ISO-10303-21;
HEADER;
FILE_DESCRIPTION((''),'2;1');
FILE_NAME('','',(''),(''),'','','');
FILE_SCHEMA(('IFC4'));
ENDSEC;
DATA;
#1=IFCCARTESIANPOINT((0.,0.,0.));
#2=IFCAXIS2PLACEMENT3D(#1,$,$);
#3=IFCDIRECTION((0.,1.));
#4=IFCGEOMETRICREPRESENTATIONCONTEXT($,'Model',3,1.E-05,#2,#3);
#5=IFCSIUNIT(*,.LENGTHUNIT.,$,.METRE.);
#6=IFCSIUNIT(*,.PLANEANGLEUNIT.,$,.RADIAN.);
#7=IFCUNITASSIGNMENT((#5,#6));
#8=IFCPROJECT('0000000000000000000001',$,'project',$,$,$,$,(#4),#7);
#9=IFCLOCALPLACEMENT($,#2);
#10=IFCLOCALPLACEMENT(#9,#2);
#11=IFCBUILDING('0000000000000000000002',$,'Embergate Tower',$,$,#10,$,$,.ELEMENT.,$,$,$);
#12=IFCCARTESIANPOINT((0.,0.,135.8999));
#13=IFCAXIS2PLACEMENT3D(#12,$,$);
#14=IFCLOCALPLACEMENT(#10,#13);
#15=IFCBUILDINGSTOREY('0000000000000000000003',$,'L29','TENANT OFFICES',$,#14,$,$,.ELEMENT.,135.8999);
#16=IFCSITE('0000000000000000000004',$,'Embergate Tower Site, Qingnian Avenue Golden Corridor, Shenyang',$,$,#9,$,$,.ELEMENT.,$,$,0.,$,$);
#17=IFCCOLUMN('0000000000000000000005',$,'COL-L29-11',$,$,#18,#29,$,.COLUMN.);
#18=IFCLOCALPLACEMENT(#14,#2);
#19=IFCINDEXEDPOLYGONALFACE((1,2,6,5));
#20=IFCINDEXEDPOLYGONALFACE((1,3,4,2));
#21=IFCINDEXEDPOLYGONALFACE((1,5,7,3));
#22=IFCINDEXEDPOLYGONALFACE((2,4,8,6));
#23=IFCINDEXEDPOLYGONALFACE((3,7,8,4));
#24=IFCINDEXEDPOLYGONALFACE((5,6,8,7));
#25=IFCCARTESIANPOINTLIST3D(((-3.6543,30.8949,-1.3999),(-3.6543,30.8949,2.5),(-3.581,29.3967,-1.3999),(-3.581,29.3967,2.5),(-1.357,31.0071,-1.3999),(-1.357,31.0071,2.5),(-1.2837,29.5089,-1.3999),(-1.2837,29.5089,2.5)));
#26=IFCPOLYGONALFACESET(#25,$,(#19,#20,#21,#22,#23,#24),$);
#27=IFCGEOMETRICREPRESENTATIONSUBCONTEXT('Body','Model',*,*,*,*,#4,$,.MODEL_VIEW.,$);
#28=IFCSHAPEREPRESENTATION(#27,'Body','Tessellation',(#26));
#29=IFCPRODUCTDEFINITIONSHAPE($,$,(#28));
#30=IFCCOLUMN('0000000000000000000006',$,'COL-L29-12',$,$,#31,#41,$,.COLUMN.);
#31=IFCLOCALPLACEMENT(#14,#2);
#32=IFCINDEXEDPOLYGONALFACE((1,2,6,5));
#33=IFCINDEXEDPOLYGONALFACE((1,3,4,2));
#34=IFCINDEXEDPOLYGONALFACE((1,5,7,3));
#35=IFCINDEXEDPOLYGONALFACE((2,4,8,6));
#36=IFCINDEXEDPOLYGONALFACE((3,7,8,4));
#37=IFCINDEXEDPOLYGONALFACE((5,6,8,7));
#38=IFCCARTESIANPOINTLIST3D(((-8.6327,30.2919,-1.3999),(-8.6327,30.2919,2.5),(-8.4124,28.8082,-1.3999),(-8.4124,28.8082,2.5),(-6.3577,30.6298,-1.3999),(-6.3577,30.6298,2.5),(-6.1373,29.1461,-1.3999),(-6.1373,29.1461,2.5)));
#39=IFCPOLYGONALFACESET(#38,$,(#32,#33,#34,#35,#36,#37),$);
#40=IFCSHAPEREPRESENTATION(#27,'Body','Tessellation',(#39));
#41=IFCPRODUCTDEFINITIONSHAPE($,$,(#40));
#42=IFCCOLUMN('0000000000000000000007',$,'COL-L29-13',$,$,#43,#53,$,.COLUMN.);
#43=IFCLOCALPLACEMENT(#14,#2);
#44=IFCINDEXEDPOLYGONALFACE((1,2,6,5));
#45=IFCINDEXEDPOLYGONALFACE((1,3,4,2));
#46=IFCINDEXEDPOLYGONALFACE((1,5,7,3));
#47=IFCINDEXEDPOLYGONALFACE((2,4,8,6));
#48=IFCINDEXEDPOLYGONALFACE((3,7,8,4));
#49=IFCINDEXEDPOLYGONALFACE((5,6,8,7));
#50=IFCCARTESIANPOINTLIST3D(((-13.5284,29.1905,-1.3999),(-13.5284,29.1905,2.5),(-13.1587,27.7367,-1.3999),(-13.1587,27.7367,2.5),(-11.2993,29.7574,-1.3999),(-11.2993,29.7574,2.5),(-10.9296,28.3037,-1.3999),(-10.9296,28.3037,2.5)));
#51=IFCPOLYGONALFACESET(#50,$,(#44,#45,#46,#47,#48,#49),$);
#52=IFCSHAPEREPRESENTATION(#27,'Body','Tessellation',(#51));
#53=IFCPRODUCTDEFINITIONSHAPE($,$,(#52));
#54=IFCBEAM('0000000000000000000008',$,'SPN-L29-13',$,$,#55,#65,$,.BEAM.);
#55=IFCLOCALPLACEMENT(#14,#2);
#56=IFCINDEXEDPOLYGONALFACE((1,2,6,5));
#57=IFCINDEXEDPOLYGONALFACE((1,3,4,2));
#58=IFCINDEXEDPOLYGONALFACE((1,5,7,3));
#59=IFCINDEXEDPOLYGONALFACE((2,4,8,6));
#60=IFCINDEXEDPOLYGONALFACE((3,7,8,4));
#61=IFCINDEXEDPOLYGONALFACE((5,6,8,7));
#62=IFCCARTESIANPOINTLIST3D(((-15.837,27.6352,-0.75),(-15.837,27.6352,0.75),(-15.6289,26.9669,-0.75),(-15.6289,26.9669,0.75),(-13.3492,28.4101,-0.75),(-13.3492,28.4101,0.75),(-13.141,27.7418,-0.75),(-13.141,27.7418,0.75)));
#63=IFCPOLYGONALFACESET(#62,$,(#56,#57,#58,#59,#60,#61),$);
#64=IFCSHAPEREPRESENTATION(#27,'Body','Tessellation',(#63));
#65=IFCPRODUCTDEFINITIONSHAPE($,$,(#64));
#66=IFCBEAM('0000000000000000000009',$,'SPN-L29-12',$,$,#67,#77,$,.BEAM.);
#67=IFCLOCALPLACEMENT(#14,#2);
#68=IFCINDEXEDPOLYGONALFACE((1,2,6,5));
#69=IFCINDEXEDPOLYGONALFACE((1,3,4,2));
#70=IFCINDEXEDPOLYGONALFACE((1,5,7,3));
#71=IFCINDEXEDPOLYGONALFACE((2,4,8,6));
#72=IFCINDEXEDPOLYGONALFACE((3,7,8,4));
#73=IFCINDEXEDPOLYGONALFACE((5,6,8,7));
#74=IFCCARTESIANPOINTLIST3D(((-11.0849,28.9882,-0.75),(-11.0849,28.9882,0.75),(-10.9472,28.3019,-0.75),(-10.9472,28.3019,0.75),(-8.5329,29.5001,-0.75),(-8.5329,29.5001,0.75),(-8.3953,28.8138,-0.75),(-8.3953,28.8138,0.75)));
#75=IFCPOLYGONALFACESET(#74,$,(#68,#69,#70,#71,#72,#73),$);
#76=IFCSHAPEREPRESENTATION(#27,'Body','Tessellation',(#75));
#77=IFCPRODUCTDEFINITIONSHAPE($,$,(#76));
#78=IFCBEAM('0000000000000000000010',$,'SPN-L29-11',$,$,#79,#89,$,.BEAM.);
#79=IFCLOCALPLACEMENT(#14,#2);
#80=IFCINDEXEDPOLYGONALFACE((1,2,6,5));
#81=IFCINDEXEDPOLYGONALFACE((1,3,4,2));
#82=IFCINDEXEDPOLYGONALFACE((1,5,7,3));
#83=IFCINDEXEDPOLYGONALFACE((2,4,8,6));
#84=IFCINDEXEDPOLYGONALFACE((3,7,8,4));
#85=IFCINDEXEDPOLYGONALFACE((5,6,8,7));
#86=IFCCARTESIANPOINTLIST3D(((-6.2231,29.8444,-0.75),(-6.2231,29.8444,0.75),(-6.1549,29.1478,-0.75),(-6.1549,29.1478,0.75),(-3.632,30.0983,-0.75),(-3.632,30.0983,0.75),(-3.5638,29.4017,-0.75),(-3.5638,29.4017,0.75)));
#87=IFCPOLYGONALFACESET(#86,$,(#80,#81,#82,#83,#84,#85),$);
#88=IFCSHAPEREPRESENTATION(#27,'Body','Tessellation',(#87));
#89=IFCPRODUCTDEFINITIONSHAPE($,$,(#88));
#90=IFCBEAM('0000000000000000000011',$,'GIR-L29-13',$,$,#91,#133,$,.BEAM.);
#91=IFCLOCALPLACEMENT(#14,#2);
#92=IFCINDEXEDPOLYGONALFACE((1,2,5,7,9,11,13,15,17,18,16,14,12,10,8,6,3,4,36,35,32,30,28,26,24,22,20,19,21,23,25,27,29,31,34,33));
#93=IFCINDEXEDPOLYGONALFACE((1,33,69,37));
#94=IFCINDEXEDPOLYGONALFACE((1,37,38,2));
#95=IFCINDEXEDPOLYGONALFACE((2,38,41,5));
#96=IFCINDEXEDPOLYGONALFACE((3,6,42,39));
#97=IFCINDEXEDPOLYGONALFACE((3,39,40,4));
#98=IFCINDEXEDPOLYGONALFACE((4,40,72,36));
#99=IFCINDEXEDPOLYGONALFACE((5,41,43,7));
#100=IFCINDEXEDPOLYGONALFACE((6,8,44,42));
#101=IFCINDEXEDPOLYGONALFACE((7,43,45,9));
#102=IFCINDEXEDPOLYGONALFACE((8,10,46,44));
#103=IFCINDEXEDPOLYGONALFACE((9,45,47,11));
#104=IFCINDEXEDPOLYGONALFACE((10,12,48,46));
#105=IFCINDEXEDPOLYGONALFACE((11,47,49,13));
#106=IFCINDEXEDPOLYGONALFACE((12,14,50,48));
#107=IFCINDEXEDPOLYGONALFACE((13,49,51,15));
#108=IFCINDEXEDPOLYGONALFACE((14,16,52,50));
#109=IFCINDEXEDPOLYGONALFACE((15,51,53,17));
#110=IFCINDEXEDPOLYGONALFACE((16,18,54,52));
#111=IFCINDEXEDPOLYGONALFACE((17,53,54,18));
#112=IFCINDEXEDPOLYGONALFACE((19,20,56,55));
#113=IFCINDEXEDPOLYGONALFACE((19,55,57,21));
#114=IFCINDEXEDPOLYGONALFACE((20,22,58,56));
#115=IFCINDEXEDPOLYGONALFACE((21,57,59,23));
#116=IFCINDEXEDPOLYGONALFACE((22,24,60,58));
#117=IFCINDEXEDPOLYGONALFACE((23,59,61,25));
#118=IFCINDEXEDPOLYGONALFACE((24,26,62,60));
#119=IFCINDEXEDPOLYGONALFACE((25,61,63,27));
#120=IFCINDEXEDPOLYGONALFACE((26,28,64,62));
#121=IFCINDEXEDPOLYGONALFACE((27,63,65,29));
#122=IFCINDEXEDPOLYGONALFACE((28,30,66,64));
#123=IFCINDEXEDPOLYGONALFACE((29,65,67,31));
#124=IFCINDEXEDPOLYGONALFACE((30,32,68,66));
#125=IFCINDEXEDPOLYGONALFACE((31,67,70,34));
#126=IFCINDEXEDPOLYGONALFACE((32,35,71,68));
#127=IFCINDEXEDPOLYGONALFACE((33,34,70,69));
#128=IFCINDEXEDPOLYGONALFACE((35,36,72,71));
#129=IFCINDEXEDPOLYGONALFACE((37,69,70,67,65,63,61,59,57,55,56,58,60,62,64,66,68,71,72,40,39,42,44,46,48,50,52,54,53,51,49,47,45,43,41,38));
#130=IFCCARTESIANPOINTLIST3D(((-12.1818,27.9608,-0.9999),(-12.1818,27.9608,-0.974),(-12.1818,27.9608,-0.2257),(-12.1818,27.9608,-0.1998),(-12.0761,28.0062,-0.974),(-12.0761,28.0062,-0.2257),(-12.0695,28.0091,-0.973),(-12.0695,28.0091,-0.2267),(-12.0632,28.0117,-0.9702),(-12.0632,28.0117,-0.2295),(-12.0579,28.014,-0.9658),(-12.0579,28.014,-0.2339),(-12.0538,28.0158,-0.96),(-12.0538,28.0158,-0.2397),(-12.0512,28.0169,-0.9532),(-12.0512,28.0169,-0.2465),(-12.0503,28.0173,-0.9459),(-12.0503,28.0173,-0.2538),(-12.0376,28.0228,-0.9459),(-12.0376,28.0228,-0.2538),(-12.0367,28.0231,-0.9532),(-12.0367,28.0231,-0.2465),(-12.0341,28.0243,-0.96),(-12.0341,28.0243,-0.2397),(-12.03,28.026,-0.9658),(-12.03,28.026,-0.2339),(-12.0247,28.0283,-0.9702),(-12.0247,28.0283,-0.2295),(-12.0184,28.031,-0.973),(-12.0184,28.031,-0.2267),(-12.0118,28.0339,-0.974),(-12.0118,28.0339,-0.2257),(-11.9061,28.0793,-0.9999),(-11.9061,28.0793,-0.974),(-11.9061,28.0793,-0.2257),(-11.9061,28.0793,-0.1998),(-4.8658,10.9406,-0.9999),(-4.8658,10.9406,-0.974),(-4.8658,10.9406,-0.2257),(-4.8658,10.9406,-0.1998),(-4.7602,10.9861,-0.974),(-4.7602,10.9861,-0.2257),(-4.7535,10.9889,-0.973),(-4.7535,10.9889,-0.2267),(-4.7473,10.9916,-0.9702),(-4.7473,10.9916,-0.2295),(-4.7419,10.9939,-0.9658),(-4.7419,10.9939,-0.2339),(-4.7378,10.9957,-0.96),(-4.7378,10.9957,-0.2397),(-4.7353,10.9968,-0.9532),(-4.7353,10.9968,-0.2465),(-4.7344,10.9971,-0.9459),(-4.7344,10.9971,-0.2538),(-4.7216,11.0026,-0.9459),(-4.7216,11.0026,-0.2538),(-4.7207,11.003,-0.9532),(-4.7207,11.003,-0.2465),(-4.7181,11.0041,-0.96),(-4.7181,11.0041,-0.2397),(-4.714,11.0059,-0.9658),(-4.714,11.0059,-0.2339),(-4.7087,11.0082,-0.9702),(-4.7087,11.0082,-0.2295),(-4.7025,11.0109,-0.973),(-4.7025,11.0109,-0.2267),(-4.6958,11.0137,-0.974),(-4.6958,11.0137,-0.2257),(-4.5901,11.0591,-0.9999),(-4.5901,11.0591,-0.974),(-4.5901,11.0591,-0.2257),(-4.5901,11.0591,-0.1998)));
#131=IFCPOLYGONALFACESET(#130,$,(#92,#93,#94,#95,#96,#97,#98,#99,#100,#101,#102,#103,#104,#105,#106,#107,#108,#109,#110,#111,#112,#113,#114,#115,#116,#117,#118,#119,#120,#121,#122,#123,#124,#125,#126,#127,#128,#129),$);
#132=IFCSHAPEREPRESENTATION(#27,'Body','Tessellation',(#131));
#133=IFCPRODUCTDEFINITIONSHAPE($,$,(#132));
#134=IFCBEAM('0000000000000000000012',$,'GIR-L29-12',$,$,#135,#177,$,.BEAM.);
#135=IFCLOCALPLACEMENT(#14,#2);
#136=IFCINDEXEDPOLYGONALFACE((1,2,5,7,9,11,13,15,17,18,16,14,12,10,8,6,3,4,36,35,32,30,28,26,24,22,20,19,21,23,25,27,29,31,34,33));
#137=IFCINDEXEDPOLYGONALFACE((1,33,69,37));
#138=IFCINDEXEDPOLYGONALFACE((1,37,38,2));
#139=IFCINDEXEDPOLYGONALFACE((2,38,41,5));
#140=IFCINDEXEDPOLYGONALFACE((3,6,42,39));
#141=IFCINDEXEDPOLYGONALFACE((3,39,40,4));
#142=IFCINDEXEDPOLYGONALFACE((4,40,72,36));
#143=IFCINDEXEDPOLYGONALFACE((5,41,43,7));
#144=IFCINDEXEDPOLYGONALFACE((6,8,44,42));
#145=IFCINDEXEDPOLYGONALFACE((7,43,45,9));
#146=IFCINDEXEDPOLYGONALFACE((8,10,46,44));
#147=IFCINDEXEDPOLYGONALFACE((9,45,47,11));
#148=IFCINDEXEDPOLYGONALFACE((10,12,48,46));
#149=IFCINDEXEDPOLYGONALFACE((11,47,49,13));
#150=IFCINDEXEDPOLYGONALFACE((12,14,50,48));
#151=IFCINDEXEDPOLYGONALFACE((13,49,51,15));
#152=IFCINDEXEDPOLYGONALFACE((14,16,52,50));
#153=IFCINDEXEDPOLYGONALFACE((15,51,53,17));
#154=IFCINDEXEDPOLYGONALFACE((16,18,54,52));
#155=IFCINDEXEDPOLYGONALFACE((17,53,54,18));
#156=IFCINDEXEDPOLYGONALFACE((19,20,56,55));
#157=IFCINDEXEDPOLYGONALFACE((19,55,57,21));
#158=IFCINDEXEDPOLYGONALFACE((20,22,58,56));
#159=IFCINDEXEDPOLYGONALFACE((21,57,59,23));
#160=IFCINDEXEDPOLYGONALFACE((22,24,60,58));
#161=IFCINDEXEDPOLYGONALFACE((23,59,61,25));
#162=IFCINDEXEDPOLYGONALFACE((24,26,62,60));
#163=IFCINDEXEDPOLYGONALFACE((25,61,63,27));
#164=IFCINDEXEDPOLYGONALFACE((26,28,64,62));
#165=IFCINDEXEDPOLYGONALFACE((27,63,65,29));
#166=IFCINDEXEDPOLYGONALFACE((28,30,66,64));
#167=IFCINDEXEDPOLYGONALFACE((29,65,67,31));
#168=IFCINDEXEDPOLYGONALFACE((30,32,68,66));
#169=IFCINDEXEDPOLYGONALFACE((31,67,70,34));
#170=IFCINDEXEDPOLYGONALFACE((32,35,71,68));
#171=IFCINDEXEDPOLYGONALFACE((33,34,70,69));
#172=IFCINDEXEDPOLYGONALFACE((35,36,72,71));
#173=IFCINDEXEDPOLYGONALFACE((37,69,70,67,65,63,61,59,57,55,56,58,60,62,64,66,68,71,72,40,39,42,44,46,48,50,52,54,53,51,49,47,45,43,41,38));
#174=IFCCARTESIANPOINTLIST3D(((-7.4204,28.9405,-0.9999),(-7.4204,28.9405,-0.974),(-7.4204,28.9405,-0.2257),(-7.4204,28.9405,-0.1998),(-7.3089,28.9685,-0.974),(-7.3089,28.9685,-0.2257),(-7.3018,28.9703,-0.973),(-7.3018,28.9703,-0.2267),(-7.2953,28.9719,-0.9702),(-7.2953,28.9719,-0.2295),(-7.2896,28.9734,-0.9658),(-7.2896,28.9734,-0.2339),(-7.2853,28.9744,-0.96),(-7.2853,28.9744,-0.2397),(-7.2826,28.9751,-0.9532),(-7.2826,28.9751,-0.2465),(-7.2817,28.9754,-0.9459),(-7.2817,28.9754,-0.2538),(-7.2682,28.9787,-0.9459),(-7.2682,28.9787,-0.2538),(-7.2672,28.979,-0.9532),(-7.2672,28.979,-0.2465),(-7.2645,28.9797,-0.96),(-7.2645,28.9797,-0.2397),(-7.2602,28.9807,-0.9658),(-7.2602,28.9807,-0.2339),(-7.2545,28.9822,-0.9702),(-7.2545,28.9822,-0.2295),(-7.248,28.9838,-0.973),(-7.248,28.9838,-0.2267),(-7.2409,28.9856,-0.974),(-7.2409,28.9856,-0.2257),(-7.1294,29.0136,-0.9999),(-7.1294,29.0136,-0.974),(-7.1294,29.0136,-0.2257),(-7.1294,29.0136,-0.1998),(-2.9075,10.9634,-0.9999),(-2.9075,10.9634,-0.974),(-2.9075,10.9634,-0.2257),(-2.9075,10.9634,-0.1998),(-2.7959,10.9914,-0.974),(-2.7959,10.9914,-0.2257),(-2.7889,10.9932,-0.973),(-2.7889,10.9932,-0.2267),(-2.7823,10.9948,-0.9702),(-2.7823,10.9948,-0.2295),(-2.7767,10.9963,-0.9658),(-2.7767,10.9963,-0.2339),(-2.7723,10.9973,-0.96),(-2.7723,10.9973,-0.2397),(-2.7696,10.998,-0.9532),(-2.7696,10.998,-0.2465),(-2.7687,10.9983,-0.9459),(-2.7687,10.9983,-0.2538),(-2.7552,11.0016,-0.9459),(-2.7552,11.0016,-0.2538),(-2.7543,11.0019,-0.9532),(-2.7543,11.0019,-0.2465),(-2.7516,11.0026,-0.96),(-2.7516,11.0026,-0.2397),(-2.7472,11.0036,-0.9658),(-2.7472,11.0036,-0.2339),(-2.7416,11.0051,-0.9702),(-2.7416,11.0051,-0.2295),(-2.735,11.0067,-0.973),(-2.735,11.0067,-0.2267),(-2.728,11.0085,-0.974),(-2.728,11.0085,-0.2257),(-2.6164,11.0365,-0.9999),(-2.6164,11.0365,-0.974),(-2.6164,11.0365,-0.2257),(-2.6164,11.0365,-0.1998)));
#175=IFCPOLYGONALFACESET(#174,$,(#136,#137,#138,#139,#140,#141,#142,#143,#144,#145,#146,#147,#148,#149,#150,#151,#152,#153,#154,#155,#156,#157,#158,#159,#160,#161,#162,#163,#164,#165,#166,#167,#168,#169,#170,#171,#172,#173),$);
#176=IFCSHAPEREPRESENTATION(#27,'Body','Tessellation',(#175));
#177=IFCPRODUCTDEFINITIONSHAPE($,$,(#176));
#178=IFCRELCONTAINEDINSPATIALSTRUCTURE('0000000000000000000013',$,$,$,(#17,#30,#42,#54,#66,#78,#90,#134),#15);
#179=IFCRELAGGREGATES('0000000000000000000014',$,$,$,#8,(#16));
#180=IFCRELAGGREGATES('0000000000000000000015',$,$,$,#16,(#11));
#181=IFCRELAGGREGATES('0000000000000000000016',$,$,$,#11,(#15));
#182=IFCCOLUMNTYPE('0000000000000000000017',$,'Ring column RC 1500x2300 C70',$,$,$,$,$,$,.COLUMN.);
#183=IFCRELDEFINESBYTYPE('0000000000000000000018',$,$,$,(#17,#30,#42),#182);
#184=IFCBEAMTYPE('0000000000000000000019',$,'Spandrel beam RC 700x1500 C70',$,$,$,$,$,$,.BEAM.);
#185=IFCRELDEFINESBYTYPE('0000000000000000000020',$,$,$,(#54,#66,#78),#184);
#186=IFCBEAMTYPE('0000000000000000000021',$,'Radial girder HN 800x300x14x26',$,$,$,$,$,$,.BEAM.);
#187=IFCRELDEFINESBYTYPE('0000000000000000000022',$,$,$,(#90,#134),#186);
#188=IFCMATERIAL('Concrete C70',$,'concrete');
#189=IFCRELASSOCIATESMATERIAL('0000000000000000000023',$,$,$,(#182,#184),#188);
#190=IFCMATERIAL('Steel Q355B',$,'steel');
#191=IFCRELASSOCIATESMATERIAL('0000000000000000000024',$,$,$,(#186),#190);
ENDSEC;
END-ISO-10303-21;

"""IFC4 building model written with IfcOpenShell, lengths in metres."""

from ifc_helpers import new_model, si_unit, direction, frame, origin, origin_2d, place, context, subcontext, project, spatial, rectangle, i_section, extrude, source, transform, mapped, material, material_profile, profile_set, type_object, element, save


model = new_model("IFC4")

# Units and contexts
model_context = context("Model", 3, precision=1e-05, world=origin(), true_north=direction((0.0, 1.0)))
body_context = subcontext(model_context, "Body", "Model", "MODEL_VIEW")
ifc_project = project(units=[si_unit("LENGTHUNIT", "METRE"), si_unit("PLANEANGLEUNIT", "RADIAN")], contexts=[model_context])

# Site, building, storey
site_placement = place(None, origin())
site = spatial("IfcSite", under=ifc_project, at=site_placement, Name="Embergate Tower Site, Qingnian Avenue Golden Corridor, Shenyang", CompositionType="ELEMENT", RefElevation=0.0)
building_placement = place(site_placement, origin())
building = spatial("IfcBuilding", under=site, at=building_placement, Name="Embergate Tower", CompositionType="ELEMENT")
storey_placement = place(building_placement, frame((0.0, 0.0, 135.8999)))
storey = spatial("IfcBuildingStorey", under=building, at=storey_placement, Name="L29", Description="TENANT OFFICES", CompositionType="ELEMENT", Elevation=135.8999)

# Columns
ifc_material_1 = material(Name="Concrete C70", Category="concrete")
ifc_material_profile_1 = material_profile(ifc_material_1, rectangle(XDim=1.5, YDim=2.3, at=origin_2d()), Name="RC 1500x2300")
ifc_profile_set_1 = profile_set([ifc_material_profile_1], Name="Concrete C70")
column_type = type_object("IfcColumnType", Name="Ring column RC 1500x2300 C70", PredefinedType="COLUMN", material=ifc_profile_set_1)
shared_shape_1 = source(origin(), body_context, "Body", "SweptSolid", [
    extrude(rectangle(XDim=1.5, YDim=2.3, at=origin_2d()), origin(), (0.0, 0.0, 1.0), 3.8999),
])
for number, where, z_axis, x_axis, name in (
    (1, (-2.469, 30.2019, -1.3999), (0.0, 0.0, 1.0), (-0.048815, 0.998808, 0.0), "COL-L29-11"),
    (2, (-7.385, 29.719, -1.3999), (0.0, 0.0, 1.0), (-0.146929, 0.989147, 0.0), "COL-L29-12"),
    (3, (-12.229, 28.7471, -1.3999), (0.0, 0.0, 1.0), (-0.246492, 0.969145, 0.0), "COL-L29-13"),
):
    element("IfcColumn", number, at=place(storey_placement, frame(where, z_axis=z_axis, x_axis=x_axis)), inside=storey, type_object=column_type, Name=name, PredefinedType="COLUMN", context=body_context, shape_type="MappedRepresentation", body=[
        mapped(shared_shape_1, transform((0.0, 0.0, 0.0))),
    ])

# Beams
ifc_material_profile_2 = material_profile(ifc_material_1, rectangle(XDim=0.7, YDim=1.5, at=origin_2d()), Name="RC 700x1500")
ifc_profile_set_2 = profile_set([ifc_material_profile_2], Name="Concrete C70")
beam_type_1 = type_object("IfcBeamType", Name="Spandrel beam RC 700x1500 C70", PredefinedType="BEAM", material=ifc_profile_set_2)
shared_shape_2 = source(origin(), body_context, "Body", "SweptSolid", [
    extrude(rectangle(XDim=0.7, YDim=1.5, at=origin_2d()), origin(), (0.0, 0.0, 1.0), 2.6057),
])
beam_1_placement = place(storey_placement, frame((-13.2451, 28.0759, 0.0), z_axis=(-0.954756, -0.297389, 0.0), x_axis=(0.297389, -0.954756, 0.0)))
element("IfcBeam", 4, at=beam_1_placement, inside=storey, type_object=beam_type_1, Name="SPN-L29-13", PredefinedType="BEAM", context=body_context, shape_type="MappedRepresentation", body=[
    mapped(shared_shape_2, transform((0.0, 0.0, 0.0))),
])
shared_shape_3 = source(origin(), body_context, "Body", "SweptSolid", [
    extrude(rectangle(XDim=0.7, YDim=1.5, at=origin_2d()), origin(), (0.0, 0.0, 1.0), 2.6028),
])
beam_2_placement = place(storey_placement, frame((-8.4641, 29.157, 0.0), z_axis=(-0.980465, -0.196693, 0.0), x_axis=(0.196693, -0.980465, 0.0)))
element("IfcBeam", 5, at=beam_2_placement, inside=storey, type_object=beam_type_1, Name="SPN-L29-12", PredefinedType="BEAM", context=body_context, shape_type="MappedRepresentation", body=[
    mapped(shared_shape_3, transform((0.0, 0.0, 0.0))),
])
shared_shape_4 = source(origin(), body_context, "Body", "SweptSolid", [
    extrude(rectangle(XDim=0.7, YDim=1.5, at=origin_2d()), origin(), (0.0, 0.0, 1.0), 2.6035),
])
beam_3_placement = place(storey_placement, frame((-3.5979, 29.75, 0.0), z_axis=(-0.995233, -0.097526, 0.0), x_axis=(0.097526, -0.995233, 0.0)))
element("IfcBeam", 6, at=beam_3_placement, inside=storey, type_object=beam_type_1, Name="SPN-L29-11", PredefinedType="BEAM", context=body_context, shape_type="MappedRepresentation", body=[
    mapped(shared_shape_4, transform((0.0, 0.0, 0.0))),
])
ifc_material_2 = material(Name="Steel Q355B", Category="steel")
ifc_material_profile_3 = material_profile(ifc_material_2, i_section(OverallWidth=0.3, OverallDepth=0.8, WebThickness=0.0139, FlangeThickness=0.0259, FilletRadius=0.0281, at=origin_2d()), Name="HN 800x300x14x26")
ifc_profile_set_3 = profile_set([ifc_material_profile_3], Name="Steel Q355 grade B")
beam_type_2 = type_object("IfcBeamType", Name="Radial girder HN 800x300x14x26", PredefinedType="BEAM", material=ifc_profile_set_3)
shared_shape_5 = source(origin(), body_context, "Body", "SweptSolid", [
    extrude(i_section(OverallWidth=0.3, OverallDepth=0.8, WebThickness=0.0139, FlangeThickness=0.0259, FilletRadius=0.0281, at=origin_2d()), origin(), (0.0, 0.0, 1.0), 18.5259),
])
beam_4_placement = place(storey_placement, frame((-12.0439, 28.02, -0.5999), z_axis=(0.394905, -0.918722, 0.0), x_axis=(0.918722, 0.394905, 0.0)))
element("IfcBeam", 7, at=beam_4_placement, inside=storey, type_object=beam_type_2, Name="GIR-L29-13", PredefinedType="BEAM", context=body_context, shape_type="MappedRepresentation", body=[
    mapped(shared_shape_5, transform((0.0, 0.0, 0.0))),
])
shared_shape_6 = source(origin(), body_context, "Body", "SweptSolid", [
    extrude(i_section(OverallWidth=0.3, OverallDepth=0.8, WebThickness=0.0139, FlangeThickness=0.0259, FilletRadius=0.0281, at=origin_2d()), origin(), (0.0, 0.0, 1.0), 18.5349),
])
beam_5_placement = place(storey_placement, frame((-7.2749, 28.9771, -0.5999), z_axis=(0.243484, -0.969905, 0.0), x_axis=(0.969905, 0.243484, 0.0)))
element("IfcBeam", 8, at=beam_5_placement, inside=storey, type_object=beam_type_2, Name="GIR-L29-12", PredefinedType="BEAM", context=body_context, shape_type="MappedRepresentation", body=[
    mapped(shared_shape_6, transform((0.0, 0.0, 0.0))),
])

save(model, "model.ifc")
